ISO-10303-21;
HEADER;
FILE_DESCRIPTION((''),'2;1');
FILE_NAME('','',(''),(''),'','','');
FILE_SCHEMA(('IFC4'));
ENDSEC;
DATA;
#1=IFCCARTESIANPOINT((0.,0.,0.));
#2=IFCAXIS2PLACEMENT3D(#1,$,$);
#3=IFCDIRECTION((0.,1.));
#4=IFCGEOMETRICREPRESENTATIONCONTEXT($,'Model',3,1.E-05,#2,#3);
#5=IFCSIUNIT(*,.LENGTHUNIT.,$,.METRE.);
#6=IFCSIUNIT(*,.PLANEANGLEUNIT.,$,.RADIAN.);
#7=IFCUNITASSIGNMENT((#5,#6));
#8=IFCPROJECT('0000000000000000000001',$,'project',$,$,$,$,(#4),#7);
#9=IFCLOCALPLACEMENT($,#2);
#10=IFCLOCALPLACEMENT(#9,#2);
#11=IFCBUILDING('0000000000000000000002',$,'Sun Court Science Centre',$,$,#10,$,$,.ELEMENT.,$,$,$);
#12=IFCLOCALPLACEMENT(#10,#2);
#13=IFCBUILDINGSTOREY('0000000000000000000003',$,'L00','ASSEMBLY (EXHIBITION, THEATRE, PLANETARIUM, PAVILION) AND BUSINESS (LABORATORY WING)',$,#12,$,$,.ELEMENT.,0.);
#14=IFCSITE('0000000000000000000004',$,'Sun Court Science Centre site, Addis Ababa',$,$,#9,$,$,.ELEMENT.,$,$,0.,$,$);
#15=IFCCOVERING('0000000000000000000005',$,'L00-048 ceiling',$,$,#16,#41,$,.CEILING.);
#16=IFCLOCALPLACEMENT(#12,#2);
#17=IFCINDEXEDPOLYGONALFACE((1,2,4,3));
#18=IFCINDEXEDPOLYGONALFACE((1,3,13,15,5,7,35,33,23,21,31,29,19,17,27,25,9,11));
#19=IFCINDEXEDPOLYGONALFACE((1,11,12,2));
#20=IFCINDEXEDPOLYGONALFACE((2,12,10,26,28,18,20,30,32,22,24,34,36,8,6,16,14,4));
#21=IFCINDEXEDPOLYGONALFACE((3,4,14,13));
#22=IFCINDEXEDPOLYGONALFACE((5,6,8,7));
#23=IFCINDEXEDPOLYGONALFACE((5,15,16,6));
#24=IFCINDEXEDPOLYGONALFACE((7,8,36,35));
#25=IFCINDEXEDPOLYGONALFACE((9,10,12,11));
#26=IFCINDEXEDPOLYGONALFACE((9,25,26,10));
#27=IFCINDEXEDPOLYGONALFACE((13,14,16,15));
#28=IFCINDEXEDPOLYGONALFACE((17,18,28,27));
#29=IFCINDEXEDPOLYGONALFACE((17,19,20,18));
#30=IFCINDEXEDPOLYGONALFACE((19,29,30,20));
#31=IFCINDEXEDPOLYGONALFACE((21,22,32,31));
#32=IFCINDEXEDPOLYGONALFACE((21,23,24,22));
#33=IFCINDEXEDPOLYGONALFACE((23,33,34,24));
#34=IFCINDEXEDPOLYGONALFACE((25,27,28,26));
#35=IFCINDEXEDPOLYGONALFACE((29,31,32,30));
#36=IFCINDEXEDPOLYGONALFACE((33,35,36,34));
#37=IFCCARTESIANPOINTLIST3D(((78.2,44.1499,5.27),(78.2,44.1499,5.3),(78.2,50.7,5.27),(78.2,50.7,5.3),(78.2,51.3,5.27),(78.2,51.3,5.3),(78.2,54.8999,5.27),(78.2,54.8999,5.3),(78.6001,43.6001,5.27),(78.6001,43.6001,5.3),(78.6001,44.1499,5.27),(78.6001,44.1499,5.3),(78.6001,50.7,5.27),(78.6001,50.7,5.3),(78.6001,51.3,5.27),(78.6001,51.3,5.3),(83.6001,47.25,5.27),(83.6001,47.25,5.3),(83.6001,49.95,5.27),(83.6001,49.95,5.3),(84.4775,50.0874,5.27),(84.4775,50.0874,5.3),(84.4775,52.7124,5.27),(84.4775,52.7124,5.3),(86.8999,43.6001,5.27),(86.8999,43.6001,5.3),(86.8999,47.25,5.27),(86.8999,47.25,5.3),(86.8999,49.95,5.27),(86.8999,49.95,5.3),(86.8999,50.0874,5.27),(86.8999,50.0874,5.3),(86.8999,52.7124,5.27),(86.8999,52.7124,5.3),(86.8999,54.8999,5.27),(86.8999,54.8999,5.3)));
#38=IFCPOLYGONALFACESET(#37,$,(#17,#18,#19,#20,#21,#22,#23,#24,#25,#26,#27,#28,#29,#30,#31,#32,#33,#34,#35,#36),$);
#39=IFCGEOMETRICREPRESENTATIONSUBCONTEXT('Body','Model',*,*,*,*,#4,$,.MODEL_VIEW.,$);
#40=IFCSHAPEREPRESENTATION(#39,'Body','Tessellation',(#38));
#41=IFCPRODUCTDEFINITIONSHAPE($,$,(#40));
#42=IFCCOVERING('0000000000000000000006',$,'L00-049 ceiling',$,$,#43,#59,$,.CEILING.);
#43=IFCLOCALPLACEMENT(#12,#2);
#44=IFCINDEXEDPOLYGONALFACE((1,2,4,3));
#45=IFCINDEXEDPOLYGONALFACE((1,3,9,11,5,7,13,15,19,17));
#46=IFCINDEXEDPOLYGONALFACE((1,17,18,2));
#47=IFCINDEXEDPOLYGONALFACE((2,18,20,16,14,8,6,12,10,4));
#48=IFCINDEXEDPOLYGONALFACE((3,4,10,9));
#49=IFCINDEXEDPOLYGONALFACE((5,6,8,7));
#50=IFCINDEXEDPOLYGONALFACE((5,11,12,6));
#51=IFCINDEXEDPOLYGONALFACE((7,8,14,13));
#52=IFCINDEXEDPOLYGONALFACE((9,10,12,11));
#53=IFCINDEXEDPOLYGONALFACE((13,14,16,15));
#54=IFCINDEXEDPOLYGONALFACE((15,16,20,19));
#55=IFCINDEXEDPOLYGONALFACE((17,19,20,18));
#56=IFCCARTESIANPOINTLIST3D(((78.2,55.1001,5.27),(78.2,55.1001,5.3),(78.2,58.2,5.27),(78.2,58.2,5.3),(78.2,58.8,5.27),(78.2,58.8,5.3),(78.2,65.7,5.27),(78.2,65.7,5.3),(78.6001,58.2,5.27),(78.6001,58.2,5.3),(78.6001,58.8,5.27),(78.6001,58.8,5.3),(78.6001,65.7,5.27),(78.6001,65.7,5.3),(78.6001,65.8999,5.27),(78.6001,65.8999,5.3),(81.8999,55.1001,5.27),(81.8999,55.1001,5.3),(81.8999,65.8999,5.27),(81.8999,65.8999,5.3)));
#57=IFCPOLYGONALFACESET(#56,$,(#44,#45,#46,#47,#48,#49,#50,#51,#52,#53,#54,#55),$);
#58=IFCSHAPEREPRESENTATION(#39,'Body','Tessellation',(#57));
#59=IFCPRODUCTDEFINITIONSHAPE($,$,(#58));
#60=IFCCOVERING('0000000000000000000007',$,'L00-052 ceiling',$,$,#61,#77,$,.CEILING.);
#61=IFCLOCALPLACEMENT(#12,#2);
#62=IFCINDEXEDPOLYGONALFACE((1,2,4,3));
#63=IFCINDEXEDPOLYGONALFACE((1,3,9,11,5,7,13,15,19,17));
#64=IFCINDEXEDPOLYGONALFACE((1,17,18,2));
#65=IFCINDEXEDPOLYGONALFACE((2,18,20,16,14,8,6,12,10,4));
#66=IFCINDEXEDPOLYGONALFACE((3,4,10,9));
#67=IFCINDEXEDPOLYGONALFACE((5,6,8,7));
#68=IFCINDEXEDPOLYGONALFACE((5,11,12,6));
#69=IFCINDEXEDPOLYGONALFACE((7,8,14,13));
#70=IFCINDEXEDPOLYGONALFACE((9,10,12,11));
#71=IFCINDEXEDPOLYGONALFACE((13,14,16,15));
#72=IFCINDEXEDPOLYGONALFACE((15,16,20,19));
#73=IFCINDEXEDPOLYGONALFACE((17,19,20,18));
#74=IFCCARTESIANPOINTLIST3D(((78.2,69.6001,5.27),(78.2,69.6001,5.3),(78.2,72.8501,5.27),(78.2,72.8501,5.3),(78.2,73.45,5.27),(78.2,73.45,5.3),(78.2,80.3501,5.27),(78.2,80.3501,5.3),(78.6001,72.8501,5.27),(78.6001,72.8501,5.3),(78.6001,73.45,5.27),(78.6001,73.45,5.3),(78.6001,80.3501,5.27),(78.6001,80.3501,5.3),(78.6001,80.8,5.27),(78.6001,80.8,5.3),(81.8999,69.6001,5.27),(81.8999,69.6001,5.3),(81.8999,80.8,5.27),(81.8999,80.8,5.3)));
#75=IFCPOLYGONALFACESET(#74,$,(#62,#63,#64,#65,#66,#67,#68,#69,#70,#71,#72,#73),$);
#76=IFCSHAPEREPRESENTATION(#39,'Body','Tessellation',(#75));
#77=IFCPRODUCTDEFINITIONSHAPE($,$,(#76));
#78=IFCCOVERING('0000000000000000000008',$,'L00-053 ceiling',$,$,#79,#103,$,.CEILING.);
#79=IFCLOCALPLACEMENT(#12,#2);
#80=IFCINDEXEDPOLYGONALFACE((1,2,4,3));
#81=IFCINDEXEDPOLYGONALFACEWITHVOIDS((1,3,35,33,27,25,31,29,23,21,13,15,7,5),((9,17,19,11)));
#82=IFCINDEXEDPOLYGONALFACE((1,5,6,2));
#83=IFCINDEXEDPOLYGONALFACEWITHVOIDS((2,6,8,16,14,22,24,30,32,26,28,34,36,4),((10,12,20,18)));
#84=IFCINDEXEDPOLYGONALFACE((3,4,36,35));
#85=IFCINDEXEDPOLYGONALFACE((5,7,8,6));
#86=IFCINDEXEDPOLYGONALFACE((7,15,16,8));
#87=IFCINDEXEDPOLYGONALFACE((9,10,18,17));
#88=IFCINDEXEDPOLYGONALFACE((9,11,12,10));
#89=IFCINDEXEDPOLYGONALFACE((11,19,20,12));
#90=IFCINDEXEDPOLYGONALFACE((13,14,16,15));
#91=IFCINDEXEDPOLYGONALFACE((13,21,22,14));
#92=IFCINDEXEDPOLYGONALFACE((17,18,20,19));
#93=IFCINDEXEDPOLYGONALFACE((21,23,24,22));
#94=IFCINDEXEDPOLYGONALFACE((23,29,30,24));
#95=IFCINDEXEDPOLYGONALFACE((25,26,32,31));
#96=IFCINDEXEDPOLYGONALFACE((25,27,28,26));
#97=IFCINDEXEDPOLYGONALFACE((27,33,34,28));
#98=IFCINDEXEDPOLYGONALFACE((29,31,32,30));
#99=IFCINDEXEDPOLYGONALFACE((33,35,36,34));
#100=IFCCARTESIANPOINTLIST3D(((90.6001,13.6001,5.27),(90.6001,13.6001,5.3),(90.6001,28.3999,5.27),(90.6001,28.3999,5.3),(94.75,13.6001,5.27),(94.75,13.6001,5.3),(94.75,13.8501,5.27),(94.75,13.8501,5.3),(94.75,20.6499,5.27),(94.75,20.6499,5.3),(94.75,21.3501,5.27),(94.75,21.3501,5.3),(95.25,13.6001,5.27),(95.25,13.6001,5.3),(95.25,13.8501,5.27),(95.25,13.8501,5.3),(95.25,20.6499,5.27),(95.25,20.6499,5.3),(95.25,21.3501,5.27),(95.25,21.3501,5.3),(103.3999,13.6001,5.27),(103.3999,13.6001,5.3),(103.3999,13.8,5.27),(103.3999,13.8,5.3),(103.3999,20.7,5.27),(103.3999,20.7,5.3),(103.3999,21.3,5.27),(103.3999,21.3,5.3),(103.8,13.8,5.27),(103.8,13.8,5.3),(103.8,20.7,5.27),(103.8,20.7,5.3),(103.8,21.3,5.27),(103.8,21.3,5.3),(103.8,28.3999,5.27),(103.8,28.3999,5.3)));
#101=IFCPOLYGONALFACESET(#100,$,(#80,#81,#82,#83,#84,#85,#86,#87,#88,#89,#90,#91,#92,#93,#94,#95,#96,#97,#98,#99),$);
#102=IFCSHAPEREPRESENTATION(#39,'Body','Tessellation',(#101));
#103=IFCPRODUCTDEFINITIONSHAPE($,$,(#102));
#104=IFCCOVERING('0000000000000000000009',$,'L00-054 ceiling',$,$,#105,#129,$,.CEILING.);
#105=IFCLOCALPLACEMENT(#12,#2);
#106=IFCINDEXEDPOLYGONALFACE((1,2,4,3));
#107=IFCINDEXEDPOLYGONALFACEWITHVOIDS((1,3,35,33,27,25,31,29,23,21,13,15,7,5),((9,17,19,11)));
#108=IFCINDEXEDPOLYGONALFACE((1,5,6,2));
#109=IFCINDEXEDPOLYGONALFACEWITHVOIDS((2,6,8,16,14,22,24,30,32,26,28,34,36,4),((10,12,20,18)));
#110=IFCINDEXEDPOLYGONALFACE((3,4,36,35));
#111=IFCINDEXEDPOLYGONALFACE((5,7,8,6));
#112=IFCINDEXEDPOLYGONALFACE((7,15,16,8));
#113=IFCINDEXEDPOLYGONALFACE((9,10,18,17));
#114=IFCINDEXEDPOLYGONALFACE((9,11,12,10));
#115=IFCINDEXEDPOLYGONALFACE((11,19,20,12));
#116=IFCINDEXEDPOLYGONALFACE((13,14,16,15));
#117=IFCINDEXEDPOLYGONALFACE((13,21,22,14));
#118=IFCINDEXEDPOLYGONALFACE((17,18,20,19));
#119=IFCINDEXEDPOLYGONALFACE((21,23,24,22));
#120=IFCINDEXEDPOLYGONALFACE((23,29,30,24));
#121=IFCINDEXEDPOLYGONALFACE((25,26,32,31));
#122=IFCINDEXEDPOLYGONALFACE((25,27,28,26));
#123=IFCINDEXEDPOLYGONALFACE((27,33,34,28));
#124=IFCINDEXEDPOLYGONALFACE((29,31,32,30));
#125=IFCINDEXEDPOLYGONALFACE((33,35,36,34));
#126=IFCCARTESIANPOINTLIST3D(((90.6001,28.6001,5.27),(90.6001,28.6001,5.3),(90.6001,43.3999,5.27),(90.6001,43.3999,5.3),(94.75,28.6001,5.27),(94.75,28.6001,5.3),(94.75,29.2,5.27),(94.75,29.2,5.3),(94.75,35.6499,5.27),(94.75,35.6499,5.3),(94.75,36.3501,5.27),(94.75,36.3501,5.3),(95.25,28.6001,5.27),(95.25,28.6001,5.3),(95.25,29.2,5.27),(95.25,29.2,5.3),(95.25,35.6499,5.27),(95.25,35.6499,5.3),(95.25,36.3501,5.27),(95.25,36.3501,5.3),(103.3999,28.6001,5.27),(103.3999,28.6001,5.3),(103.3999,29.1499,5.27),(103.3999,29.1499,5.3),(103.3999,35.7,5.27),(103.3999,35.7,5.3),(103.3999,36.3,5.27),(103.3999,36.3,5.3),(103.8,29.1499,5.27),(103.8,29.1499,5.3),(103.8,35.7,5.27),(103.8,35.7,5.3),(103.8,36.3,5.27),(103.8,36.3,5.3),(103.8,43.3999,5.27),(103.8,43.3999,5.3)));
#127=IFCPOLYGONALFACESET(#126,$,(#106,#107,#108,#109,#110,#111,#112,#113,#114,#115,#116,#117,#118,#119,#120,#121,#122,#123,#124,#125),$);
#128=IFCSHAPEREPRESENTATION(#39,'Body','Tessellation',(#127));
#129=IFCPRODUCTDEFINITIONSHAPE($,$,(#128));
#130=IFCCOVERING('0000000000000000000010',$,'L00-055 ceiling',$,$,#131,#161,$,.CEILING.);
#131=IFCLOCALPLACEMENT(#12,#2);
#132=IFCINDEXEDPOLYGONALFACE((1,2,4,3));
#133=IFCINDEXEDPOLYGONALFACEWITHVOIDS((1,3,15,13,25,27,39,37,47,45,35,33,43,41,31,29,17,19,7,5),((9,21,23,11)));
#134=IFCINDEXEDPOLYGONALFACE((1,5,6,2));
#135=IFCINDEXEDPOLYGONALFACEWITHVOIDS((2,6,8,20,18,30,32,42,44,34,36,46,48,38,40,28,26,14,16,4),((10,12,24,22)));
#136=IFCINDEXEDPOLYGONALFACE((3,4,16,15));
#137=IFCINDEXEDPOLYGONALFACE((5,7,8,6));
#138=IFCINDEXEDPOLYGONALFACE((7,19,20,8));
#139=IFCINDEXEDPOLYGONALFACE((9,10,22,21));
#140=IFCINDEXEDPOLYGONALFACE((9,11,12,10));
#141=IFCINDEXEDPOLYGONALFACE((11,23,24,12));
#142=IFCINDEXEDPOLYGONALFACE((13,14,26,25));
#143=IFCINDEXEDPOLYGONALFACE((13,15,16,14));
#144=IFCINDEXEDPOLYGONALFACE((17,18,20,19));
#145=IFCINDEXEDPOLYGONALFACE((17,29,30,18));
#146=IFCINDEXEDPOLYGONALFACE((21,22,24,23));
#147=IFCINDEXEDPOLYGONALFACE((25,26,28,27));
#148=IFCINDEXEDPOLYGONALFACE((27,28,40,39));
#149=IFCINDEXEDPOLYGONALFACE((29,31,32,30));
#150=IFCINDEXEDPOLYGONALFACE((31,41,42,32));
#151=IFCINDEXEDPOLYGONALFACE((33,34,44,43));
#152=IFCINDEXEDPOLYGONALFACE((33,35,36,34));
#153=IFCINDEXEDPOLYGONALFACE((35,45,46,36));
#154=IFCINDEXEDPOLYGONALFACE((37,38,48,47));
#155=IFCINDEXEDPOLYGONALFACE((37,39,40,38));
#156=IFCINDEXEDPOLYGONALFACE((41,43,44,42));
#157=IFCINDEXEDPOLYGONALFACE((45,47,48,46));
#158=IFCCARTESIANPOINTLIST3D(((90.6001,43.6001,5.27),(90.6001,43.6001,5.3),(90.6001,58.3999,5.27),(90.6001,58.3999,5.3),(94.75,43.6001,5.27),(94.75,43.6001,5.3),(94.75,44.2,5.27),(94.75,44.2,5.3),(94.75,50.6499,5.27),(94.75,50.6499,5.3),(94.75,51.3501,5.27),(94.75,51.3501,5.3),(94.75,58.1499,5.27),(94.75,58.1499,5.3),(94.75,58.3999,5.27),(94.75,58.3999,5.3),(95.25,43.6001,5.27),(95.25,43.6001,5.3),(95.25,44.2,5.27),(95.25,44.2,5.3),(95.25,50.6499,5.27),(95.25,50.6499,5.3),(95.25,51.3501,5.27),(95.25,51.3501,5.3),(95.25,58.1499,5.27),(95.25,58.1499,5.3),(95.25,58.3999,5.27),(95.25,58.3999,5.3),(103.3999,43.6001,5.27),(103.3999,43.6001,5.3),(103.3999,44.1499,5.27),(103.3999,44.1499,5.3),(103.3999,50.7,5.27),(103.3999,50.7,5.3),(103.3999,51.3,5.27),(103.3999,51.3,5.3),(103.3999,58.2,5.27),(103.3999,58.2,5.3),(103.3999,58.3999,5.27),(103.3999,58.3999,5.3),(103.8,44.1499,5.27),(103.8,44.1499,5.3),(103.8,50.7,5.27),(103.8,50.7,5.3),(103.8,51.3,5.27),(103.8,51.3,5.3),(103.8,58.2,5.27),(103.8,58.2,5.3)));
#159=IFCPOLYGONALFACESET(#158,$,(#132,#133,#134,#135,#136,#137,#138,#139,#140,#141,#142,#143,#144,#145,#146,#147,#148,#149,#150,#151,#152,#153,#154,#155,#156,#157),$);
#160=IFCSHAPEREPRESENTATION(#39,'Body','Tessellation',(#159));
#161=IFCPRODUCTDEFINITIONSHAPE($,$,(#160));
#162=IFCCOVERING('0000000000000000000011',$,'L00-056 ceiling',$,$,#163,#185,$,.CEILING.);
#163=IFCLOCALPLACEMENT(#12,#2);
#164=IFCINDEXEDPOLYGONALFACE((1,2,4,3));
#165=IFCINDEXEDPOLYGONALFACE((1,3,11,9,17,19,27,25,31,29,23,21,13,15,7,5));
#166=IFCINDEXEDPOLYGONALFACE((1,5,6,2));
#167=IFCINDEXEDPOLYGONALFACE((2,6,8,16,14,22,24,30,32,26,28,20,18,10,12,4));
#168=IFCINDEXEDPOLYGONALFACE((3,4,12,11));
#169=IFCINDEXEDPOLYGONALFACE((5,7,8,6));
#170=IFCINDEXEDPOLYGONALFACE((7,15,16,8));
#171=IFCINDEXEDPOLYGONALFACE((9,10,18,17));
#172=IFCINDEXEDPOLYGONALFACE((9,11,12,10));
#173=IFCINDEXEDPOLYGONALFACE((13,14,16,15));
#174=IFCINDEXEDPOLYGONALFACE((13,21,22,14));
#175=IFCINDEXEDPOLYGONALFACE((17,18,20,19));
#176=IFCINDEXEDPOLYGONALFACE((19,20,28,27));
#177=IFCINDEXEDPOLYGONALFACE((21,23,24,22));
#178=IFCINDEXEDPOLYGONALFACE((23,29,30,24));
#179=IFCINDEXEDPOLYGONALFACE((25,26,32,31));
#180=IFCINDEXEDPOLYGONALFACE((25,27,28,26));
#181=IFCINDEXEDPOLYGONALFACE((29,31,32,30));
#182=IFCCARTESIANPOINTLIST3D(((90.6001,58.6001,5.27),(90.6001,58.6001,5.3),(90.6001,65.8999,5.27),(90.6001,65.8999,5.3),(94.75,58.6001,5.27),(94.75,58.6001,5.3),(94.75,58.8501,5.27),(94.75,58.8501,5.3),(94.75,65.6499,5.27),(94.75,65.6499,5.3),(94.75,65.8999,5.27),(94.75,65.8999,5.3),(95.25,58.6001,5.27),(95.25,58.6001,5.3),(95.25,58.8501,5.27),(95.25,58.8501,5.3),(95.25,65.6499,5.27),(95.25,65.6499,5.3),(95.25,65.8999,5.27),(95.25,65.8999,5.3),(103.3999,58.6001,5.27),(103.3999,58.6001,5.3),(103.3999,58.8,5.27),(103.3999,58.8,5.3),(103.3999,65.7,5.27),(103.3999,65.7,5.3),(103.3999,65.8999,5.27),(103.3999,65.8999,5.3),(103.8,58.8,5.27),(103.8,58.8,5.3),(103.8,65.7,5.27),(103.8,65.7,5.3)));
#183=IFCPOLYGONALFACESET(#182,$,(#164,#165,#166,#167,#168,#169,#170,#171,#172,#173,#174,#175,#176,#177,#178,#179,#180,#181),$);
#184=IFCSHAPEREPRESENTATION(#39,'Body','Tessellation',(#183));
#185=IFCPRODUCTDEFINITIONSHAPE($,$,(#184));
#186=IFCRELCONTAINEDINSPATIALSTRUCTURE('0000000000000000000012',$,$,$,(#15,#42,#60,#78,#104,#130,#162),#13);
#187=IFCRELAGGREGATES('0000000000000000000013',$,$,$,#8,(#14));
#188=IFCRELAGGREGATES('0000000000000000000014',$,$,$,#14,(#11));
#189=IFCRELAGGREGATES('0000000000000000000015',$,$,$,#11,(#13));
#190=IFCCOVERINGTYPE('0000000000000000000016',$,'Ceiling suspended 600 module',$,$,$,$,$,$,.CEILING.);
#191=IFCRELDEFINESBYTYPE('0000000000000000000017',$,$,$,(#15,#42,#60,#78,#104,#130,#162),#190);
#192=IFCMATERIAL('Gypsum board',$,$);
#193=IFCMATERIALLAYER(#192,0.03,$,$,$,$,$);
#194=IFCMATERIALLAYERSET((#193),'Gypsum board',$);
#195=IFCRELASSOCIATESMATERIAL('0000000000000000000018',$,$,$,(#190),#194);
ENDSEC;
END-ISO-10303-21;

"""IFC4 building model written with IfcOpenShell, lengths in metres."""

from ifc_helpers import new_model, si_unit, direction, frame, origin, place, context, subcontext, project, spatial, polyline, outline, extrude, material, layer, layer_set, type_object, element, save


model = new_model("IFC4")

# Units and contexts
model_context = context("Model", 3, precision=1e-05, world=origin(), true_north=direction((0.0, 1.0)))
body_context = subcontext(model_context, "Body", "Model", "MODEL_VIEW")
ifc_project = project(units=[si_unit("LENGTHUNIT", "METRE"), si_unit("PLANEANGLEUNIT", "RADIAN")], contexts=[model_context])

# Site, building, storey
site_placement = place(None, origin())
site = spatial("IfcSite", under=ifc_project, at=site_placement, Name="Sun Court Science Centre site, Addis Ababa", CompositionType="ELEMENT", RefElevation=0.0)
building_placement = place(site_placement, origin())
building = spatial("IfcBuilding", under=site, at=building_placement, Name="Sun Court Science Centre", CompositionType="ELEMENT")
storey_placement = place(building_placement, origin())
storey = spatial("IfcBuildingStorey", under=building, at=storey_placement, Name="L00", Description="ASSEMBLY (EXHIBITION, THEATRE, PLANETARIUM, PAVILION) AND BUSINESS (LABORATORY WING)", CompositionType="ELEMENT", Elevation=0.0)

# Coverings
ifc_material_1 = material(Name="Gypsum board")
ifc_layer_1 = layer(ifc_material_1, 0.03)
ifc_layer_set_1 = layer_set([ifc_layer_1], Name="Gypsum board")
covering_type_1 = type_object("IfcCoveringType", Name="Ceiling suspended 600 module", PredefinedType="CEILING", material=ifc_layer_set_1)
covering_1_placement = place(storey_placement, frame((0.0, 0.0, 5.27)))
element("IfcCovering", 1, at=covering_1_placement, inside=storey, type_object=covering_type_1, Name="L00-048 ceiling", PredefinedType="CEILING", context=body_context, shape_type="SweptSolid", body=[
    extrude(outline(polyline([(78.2, 54.8999), (86.8999, 54.8999), (86.8999, 52.7124), (84.4775, 52.7124), (84.4775, 50.0874), (86.8999, 50.0874), (86.8999, 49.95), (83.6001, 49.95), (83.6001, 47.25), (86.8999, 47.25), (86.8999, 43.6001), (78.6001, 43.6001), (78.6001, 44.1499), (78.2, 44.1499), (78.2, 50.7), (78.6001, 50.7), (78.6001, 51.3), (78.2, 51.3), (78.2, 54.8999)])), origin(), (0.0, 0.0, 1.0), 0.03),
])
covering_2_placement = place(storey_placement, frame((0.0, 0.0, 5.27)))
element("IfcCovering", 2, at=covering_2_placement, inside=storey, type_object=covering_type_1, Name="L00-049 ceiling", PredefinedType="CEILING", context=body_context, shape_type="SweptSolid", body=[
    extrude(outline(polyline([(78.6001, 65.8999), (81.8999, 65.8999), (81.8999, 55.1001), (78.2, 55.1001), (78.2, 58.2), (78.6001, 58.2), (78.6001, 58.8), (78.2, 58.8), (78.2, 65.7), (78.6001, 65.7), (78.6001, 65.8999)])), origin(), (0.0, 0.0, 1.0), 0.03),
])
covering_3_placement = place(storey_placement, frame((0.0, 0.0, 5.27)))
element("IfcCovering", 3, at=covering_3_placement, inside=storey, type_object=covering_type_1, Name="L00-052 ceiling", PredefinedType="CEILING", context=body_context, shape_type="SweptSolid", body=[
    extrude(outline(polyline([(78.6001, 80.8), (81.8999, 80.8), (81.8999, 69.6001), (78.2, 69.6001), (78.2, 72.8501), (78.6001, 72.8501), (78.6001, 73.45), (78.2, 73.45), (78.2, 80.3501), (78.6001, 80.3501), (78.6001, 80.8)])), origin(), (0.0, 0.0, 1.0), 0.03),
])
covering_4_placement = place(storey_placement, frame((0.0, 0.0, 5.27)))
element("IfcCovering", 4, at=covering_4_placement, inside=storey, type_object=covering_type_1, Name="L00-053 ceiling", PredefinedType="CEILING", context=body_context, shape_type="SweptSolid", body=[
    extrude(outline(polyline([(95.25, 13.6001), (95.25, 13.8501), (94.75, 13.8501), (94.75, 13.6001), (90.6001, 13.6001), (90.6001, 28.3999), (103.8, 28.3999), (103.8, 21.3), (103.3999, 21.3), (103.3999, 20.7), (103.8, 20.7), (103.8, 13.8), (103.3999, 13.8), (103.3999, 13.6001), (95.25, 13.6001)]), holes=[polyline([(95.25, 20.6499), (95.25, 21.3501), (94.75, 21.3501), (94.75, 20.6499), (95.25, 20.6499)])]), origin(), (0.0, 0.0, 1.0), 0.03),
])
covering_5_placement = place(storey_placement, frame((0.0, 0.0, 5.27)))
element("IfcCovering", 5, at=covering_5_placement, inside=storey, type_object=covering_type_1, Name="L00-054 ceiling", PredefinedType="CEILING", context=body_context, shape_type="SweptSolid", body=[
    extrude(outline(polyline([(95.25, 28.6001), (95.25, 29.2), (94.75, 29.2), (94.75, 28.6001), (90.6001, 28.6001), (90.6001, 43.3999), (103.8, 43.3999), (103.8, 36.3), (103.3999, 36.3), (103.3999, 35.7), (103.8, 35.7), (103.8, 29.1499), (103.3999, 29.1499), (103.3999, 28.6001), (95.25, 28.6001)]), holes=[polyline([(94.75, 35.6499), (95.25, 35.6499), (95.25, 36.3501), (94.75, 36.3501), (94.75, 35.6499)])]), origin(), (0.0, 0.0, 1.0), 0.03),
])
covering_6_placement = place(storey_placement, frame((0.0, 0.0, 5.27)))
element("IfcCovering", 6, at=covering_6_placement, inside=storey, type_object=covering_type_1, Name="L00-055 ceiling", PredefinedType="CEILING", context=body_context, shape_type="SweptSolid", body=[
    extrude(outline(polyline([(95.25, 43.6001), (95.25, 44.2), (94.75, 44.2), (94.75, 43.6001), (90.6001, 43.6001), (90.6001, 58.3999), (94.75, 58.3999), (94.75, 58.1499), (95.25, 58.1499), (95.25, 58.3999), (103.3999, 58.3999), (103.3999, 58.2), (103.8, 58.2), (103.8, 51.3), (103.3999, 51.3), (103.3999, 50.7), (103.8, 50.7), (103.8, 44.1499), (103.3999, 44.1499), (103.3999, 43.6001), (95.25, 43.6001)]), holes=[polyline([(94.75, 50.6499), (95.25, 50.6499), (95.25, 51.3501), (94.75, 51.3501), (94.75, 50.6499)])]), origin(), (0.0, 0.0, 1.0), 0.03),
])
covering_7_placement = place(storey_placement, frame((0.0, 0.0, 5.27)))
element("IfcCovering", 7, at=covering_7_placement, inside=storey, type_object=covering_type_1, Name="L00-056 ceiling", PredefinedType="CEILING", context=body_context, shape_type="SweptSolid", body=[
    extrude(outline(polyline([(103.3999, 58.6001), (95.25, 58.6001), (95.25, 58.8501), (94.75, 58.8501), (94.75, 58.6001), (90.6001, 58.6001), (90.6001, 65.8999), (94.75, 65.8999), (94.75, 65.6499), (95.25, 65.6499), (95.25, 65.8999), (103.3999, 65.8999), (103.3999, 65.7), (103.8, 65.7), (103.8, 58.8), (103.3999, 58.8), (103.3999, 58.6001)])), origin(), (0.0, 0.0, 1.0), 0.03),
])

save(model, "model.ifc")
